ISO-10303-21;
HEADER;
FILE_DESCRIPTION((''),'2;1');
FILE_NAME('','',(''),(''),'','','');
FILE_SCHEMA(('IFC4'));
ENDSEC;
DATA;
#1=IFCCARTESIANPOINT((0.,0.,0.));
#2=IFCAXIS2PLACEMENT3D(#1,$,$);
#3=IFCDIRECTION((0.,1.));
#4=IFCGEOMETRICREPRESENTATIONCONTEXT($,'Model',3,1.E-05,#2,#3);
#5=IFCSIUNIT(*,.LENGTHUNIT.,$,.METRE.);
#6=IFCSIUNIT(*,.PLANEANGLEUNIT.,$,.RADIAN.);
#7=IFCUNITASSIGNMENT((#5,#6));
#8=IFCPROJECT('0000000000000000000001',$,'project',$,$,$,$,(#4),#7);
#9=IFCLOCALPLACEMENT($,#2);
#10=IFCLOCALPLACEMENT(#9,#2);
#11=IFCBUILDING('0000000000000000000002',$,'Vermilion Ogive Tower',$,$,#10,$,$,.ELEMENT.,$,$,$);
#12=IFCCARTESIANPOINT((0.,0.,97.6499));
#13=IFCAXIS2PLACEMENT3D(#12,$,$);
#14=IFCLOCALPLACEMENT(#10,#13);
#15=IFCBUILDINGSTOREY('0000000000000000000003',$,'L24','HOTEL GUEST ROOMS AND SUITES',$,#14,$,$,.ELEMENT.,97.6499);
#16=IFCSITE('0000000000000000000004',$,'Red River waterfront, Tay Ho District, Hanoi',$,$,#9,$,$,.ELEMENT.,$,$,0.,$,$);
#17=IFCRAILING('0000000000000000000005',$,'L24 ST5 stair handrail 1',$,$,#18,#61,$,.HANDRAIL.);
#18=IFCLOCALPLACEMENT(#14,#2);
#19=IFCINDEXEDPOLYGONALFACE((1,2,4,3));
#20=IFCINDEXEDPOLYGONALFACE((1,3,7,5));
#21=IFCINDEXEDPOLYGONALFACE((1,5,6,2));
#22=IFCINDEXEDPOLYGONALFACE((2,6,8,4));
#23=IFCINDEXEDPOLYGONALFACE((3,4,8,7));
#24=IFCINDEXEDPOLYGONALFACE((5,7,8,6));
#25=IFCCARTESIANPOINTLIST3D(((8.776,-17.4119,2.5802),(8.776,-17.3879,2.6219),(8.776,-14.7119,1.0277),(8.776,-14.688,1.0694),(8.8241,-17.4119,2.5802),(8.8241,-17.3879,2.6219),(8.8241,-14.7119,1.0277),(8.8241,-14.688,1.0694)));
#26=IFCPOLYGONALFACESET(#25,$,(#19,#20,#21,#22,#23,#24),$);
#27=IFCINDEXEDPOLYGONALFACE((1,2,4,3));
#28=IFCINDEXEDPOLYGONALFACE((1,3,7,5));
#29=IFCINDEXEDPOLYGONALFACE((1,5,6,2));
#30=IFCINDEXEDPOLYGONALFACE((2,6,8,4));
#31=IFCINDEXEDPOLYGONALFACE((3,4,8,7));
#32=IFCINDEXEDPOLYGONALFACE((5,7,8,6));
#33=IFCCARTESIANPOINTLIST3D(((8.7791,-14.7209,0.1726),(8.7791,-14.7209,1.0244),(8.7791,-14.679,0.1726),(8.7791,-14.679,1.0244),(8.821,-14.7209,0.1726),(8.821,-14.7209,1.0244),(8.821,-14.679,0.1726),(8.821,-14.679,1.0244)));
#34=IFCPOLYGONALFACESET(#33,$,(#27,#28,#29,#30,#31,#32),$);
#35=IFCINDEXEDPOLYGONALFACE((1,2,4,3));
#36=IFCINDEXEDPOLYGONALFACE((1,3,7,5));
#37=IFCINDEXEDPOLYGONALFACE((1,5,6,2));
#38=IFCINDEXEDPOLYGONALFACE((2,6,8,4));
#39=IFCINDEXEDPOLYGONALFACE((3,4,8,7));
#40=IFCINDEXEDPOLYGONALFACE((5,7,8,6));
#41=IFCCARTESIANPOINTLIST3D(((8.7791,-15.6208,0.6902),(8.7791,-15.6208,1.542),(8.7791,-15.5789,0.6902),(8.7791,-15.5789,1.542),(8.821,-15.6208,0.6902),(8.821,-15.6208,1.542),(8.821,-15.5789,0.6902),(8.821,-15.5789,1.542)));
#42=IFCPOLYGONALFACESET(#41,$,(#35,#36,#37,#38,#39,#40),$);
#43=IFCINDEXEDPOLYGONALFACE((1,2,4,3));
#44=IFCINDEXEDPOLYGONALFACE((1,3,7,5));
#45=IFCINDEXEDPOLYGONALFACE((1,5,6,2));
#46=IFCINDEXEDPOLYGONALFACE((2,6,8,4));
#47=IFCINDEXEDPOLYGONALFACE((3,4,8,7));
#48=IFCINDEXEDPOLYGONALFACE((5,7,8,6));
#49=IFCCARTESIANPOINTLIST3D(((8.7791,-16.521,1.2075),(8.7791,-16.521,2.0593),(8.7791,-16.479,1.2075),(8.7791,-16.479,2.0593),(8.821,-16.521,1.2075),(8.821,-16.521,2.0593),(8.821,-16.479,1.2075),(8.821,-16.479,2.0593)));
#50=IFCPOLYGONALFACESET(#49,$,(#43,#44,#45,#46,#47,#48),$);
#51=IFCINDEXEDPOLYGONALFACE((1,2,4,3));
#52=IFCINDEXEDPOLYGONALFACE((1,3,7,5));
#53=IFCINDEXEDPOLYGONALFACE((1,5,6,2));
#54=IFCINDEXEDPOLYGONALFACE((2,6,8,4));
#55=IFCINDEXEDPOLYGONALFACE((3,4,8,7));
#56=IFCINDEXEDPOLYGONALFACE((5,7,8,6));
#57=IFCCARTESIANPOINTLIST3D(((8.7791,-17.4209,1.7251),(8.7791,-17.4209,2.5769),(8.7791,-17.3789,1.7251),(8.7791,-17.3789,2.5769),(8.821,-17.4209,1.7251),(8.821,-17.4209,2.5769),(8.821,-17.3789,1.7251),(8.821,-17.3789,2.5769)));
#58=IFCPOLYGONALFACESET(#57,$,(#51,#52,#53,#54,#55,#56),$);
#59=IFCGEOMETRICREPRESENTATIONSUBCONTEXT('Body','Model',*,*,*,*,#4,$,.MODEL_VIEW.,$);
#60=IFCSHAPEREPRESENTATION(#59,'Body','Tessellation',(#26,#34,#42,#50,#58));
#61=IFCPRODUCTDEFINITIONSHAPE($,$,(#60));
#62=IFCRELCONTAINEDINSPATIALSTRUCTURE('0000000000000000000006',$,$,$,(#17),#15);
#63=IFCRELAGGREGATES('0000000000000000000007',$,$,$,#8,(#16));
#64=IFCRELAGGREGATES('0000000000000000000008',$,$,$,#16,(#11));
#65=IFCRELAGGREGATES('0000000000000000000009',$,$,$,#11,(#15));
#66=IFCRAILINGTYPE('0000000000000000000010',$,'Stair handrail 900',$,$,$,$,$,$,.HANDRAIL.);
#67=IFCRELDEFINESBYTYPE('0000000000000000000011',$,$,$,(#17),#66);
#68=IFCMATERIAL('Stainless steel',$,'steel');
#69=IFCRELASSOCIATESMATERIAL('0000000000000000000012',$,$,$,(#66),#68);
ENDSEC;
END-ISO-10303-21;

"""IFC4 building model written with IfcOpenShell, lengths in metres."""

from ifc_helpers import new_model, si_unit, direction, frame, origin, origin_2d, place, context, subcontext, project, spatial, rectangle, extrude, material, type_object, element, save


model = new_model("IFC4")

# Units and contexts
model_context = context("Model", 3, precision=1e-05, world=origin(), true_north=direction((0.0, 1.0)))
body_context = subcontext(model_context, "Body", "Model", "MODEL_VIEW")
ifc_project = project(units=[si_unit("LENGTHUNIT", "METRE"), si_unit("PLANEANGLEUNIT", "RADIAN")], contexts=[model_context])

# Site, building, storey
site_placement = place(None, origin())
site = spatial("IfcSite", under=ifc_project, at=site_placement, Name="Red River waterfront, Tay Ho District, Hanoi", CompositionType="ELEMENT", RefElevation=0.0)
building_placement = place(site_placement, origin())
building = spatial("IfcBuilding", under=site, at=building_placement, Name="Vermilion Ogive Tower", CompositionType="ELEMENT")
storey_placement = place(building_placement, frame((0.0, 0.0, 97.6499)))
storey = spatial("IfcBuildingStorey", under=building, at=storey_placement, Name="L24", Description="HOTEL GUEST ROOMS AND SUITES", CompositionType="ELEMENT", Elevation=97.6499)

# Railing
ifc_material_1 = material(Name="Stainless steel", Category="steel")
railing_type_1 = type_object("IfcRailingType", Name="Stair handrail 900", PredefinedType="HANDRAIL", material=ifc_material_1)
railing_1_placement = place(storey_placement, frame((8.8, -14.7, 0.1726)))
element("IfcRailing", 1, at=railing_1_placement, inside=storey, type_object=railing_type_1, Name="L24 ST5 stair handrail 1", PredefinedType="HANDRAIL", context=body_context, shape_type="SweptSolid", body=[
    extrude(rectangle(XDim=0.0481, YDim=0.0481, at=origin_2d()), frame((0.0, 0.0, 0.876), z_axis=(0.0, -0.866904, 0.498476), x_axis=(1.0, 0.0, 0.0)), (0.0, 0.0, 1.0), 3.1145),
    extrude(rectangle(XDim=0.042, YDim=0.042, at=origin_2d()), origin(), (0.0, 0.0, 1.0), 0.8518),
    extrude(rectangle(XDim=0.042, YDim=0.042, at=origin_2d()), frame((0.0, -0.8999, 0.5176)), (0.0, 0.0, 1.0), 0.8518),
    extrude(rectangle(XDim=0.042, YDim=0.042, at=origin_2d()), frame((0.0, -1.8, 1.0349)), (0.0, 0.0, 1.0), 0.8518),
    extrude(rectangle(XDim=0.042, YDim=0.042, at=origin_2d()), frame((0.0, -2.7, 1.5525)), (0.0, 0.0, 1.0), 0.8518),
])

save(model, "model.ifc")
